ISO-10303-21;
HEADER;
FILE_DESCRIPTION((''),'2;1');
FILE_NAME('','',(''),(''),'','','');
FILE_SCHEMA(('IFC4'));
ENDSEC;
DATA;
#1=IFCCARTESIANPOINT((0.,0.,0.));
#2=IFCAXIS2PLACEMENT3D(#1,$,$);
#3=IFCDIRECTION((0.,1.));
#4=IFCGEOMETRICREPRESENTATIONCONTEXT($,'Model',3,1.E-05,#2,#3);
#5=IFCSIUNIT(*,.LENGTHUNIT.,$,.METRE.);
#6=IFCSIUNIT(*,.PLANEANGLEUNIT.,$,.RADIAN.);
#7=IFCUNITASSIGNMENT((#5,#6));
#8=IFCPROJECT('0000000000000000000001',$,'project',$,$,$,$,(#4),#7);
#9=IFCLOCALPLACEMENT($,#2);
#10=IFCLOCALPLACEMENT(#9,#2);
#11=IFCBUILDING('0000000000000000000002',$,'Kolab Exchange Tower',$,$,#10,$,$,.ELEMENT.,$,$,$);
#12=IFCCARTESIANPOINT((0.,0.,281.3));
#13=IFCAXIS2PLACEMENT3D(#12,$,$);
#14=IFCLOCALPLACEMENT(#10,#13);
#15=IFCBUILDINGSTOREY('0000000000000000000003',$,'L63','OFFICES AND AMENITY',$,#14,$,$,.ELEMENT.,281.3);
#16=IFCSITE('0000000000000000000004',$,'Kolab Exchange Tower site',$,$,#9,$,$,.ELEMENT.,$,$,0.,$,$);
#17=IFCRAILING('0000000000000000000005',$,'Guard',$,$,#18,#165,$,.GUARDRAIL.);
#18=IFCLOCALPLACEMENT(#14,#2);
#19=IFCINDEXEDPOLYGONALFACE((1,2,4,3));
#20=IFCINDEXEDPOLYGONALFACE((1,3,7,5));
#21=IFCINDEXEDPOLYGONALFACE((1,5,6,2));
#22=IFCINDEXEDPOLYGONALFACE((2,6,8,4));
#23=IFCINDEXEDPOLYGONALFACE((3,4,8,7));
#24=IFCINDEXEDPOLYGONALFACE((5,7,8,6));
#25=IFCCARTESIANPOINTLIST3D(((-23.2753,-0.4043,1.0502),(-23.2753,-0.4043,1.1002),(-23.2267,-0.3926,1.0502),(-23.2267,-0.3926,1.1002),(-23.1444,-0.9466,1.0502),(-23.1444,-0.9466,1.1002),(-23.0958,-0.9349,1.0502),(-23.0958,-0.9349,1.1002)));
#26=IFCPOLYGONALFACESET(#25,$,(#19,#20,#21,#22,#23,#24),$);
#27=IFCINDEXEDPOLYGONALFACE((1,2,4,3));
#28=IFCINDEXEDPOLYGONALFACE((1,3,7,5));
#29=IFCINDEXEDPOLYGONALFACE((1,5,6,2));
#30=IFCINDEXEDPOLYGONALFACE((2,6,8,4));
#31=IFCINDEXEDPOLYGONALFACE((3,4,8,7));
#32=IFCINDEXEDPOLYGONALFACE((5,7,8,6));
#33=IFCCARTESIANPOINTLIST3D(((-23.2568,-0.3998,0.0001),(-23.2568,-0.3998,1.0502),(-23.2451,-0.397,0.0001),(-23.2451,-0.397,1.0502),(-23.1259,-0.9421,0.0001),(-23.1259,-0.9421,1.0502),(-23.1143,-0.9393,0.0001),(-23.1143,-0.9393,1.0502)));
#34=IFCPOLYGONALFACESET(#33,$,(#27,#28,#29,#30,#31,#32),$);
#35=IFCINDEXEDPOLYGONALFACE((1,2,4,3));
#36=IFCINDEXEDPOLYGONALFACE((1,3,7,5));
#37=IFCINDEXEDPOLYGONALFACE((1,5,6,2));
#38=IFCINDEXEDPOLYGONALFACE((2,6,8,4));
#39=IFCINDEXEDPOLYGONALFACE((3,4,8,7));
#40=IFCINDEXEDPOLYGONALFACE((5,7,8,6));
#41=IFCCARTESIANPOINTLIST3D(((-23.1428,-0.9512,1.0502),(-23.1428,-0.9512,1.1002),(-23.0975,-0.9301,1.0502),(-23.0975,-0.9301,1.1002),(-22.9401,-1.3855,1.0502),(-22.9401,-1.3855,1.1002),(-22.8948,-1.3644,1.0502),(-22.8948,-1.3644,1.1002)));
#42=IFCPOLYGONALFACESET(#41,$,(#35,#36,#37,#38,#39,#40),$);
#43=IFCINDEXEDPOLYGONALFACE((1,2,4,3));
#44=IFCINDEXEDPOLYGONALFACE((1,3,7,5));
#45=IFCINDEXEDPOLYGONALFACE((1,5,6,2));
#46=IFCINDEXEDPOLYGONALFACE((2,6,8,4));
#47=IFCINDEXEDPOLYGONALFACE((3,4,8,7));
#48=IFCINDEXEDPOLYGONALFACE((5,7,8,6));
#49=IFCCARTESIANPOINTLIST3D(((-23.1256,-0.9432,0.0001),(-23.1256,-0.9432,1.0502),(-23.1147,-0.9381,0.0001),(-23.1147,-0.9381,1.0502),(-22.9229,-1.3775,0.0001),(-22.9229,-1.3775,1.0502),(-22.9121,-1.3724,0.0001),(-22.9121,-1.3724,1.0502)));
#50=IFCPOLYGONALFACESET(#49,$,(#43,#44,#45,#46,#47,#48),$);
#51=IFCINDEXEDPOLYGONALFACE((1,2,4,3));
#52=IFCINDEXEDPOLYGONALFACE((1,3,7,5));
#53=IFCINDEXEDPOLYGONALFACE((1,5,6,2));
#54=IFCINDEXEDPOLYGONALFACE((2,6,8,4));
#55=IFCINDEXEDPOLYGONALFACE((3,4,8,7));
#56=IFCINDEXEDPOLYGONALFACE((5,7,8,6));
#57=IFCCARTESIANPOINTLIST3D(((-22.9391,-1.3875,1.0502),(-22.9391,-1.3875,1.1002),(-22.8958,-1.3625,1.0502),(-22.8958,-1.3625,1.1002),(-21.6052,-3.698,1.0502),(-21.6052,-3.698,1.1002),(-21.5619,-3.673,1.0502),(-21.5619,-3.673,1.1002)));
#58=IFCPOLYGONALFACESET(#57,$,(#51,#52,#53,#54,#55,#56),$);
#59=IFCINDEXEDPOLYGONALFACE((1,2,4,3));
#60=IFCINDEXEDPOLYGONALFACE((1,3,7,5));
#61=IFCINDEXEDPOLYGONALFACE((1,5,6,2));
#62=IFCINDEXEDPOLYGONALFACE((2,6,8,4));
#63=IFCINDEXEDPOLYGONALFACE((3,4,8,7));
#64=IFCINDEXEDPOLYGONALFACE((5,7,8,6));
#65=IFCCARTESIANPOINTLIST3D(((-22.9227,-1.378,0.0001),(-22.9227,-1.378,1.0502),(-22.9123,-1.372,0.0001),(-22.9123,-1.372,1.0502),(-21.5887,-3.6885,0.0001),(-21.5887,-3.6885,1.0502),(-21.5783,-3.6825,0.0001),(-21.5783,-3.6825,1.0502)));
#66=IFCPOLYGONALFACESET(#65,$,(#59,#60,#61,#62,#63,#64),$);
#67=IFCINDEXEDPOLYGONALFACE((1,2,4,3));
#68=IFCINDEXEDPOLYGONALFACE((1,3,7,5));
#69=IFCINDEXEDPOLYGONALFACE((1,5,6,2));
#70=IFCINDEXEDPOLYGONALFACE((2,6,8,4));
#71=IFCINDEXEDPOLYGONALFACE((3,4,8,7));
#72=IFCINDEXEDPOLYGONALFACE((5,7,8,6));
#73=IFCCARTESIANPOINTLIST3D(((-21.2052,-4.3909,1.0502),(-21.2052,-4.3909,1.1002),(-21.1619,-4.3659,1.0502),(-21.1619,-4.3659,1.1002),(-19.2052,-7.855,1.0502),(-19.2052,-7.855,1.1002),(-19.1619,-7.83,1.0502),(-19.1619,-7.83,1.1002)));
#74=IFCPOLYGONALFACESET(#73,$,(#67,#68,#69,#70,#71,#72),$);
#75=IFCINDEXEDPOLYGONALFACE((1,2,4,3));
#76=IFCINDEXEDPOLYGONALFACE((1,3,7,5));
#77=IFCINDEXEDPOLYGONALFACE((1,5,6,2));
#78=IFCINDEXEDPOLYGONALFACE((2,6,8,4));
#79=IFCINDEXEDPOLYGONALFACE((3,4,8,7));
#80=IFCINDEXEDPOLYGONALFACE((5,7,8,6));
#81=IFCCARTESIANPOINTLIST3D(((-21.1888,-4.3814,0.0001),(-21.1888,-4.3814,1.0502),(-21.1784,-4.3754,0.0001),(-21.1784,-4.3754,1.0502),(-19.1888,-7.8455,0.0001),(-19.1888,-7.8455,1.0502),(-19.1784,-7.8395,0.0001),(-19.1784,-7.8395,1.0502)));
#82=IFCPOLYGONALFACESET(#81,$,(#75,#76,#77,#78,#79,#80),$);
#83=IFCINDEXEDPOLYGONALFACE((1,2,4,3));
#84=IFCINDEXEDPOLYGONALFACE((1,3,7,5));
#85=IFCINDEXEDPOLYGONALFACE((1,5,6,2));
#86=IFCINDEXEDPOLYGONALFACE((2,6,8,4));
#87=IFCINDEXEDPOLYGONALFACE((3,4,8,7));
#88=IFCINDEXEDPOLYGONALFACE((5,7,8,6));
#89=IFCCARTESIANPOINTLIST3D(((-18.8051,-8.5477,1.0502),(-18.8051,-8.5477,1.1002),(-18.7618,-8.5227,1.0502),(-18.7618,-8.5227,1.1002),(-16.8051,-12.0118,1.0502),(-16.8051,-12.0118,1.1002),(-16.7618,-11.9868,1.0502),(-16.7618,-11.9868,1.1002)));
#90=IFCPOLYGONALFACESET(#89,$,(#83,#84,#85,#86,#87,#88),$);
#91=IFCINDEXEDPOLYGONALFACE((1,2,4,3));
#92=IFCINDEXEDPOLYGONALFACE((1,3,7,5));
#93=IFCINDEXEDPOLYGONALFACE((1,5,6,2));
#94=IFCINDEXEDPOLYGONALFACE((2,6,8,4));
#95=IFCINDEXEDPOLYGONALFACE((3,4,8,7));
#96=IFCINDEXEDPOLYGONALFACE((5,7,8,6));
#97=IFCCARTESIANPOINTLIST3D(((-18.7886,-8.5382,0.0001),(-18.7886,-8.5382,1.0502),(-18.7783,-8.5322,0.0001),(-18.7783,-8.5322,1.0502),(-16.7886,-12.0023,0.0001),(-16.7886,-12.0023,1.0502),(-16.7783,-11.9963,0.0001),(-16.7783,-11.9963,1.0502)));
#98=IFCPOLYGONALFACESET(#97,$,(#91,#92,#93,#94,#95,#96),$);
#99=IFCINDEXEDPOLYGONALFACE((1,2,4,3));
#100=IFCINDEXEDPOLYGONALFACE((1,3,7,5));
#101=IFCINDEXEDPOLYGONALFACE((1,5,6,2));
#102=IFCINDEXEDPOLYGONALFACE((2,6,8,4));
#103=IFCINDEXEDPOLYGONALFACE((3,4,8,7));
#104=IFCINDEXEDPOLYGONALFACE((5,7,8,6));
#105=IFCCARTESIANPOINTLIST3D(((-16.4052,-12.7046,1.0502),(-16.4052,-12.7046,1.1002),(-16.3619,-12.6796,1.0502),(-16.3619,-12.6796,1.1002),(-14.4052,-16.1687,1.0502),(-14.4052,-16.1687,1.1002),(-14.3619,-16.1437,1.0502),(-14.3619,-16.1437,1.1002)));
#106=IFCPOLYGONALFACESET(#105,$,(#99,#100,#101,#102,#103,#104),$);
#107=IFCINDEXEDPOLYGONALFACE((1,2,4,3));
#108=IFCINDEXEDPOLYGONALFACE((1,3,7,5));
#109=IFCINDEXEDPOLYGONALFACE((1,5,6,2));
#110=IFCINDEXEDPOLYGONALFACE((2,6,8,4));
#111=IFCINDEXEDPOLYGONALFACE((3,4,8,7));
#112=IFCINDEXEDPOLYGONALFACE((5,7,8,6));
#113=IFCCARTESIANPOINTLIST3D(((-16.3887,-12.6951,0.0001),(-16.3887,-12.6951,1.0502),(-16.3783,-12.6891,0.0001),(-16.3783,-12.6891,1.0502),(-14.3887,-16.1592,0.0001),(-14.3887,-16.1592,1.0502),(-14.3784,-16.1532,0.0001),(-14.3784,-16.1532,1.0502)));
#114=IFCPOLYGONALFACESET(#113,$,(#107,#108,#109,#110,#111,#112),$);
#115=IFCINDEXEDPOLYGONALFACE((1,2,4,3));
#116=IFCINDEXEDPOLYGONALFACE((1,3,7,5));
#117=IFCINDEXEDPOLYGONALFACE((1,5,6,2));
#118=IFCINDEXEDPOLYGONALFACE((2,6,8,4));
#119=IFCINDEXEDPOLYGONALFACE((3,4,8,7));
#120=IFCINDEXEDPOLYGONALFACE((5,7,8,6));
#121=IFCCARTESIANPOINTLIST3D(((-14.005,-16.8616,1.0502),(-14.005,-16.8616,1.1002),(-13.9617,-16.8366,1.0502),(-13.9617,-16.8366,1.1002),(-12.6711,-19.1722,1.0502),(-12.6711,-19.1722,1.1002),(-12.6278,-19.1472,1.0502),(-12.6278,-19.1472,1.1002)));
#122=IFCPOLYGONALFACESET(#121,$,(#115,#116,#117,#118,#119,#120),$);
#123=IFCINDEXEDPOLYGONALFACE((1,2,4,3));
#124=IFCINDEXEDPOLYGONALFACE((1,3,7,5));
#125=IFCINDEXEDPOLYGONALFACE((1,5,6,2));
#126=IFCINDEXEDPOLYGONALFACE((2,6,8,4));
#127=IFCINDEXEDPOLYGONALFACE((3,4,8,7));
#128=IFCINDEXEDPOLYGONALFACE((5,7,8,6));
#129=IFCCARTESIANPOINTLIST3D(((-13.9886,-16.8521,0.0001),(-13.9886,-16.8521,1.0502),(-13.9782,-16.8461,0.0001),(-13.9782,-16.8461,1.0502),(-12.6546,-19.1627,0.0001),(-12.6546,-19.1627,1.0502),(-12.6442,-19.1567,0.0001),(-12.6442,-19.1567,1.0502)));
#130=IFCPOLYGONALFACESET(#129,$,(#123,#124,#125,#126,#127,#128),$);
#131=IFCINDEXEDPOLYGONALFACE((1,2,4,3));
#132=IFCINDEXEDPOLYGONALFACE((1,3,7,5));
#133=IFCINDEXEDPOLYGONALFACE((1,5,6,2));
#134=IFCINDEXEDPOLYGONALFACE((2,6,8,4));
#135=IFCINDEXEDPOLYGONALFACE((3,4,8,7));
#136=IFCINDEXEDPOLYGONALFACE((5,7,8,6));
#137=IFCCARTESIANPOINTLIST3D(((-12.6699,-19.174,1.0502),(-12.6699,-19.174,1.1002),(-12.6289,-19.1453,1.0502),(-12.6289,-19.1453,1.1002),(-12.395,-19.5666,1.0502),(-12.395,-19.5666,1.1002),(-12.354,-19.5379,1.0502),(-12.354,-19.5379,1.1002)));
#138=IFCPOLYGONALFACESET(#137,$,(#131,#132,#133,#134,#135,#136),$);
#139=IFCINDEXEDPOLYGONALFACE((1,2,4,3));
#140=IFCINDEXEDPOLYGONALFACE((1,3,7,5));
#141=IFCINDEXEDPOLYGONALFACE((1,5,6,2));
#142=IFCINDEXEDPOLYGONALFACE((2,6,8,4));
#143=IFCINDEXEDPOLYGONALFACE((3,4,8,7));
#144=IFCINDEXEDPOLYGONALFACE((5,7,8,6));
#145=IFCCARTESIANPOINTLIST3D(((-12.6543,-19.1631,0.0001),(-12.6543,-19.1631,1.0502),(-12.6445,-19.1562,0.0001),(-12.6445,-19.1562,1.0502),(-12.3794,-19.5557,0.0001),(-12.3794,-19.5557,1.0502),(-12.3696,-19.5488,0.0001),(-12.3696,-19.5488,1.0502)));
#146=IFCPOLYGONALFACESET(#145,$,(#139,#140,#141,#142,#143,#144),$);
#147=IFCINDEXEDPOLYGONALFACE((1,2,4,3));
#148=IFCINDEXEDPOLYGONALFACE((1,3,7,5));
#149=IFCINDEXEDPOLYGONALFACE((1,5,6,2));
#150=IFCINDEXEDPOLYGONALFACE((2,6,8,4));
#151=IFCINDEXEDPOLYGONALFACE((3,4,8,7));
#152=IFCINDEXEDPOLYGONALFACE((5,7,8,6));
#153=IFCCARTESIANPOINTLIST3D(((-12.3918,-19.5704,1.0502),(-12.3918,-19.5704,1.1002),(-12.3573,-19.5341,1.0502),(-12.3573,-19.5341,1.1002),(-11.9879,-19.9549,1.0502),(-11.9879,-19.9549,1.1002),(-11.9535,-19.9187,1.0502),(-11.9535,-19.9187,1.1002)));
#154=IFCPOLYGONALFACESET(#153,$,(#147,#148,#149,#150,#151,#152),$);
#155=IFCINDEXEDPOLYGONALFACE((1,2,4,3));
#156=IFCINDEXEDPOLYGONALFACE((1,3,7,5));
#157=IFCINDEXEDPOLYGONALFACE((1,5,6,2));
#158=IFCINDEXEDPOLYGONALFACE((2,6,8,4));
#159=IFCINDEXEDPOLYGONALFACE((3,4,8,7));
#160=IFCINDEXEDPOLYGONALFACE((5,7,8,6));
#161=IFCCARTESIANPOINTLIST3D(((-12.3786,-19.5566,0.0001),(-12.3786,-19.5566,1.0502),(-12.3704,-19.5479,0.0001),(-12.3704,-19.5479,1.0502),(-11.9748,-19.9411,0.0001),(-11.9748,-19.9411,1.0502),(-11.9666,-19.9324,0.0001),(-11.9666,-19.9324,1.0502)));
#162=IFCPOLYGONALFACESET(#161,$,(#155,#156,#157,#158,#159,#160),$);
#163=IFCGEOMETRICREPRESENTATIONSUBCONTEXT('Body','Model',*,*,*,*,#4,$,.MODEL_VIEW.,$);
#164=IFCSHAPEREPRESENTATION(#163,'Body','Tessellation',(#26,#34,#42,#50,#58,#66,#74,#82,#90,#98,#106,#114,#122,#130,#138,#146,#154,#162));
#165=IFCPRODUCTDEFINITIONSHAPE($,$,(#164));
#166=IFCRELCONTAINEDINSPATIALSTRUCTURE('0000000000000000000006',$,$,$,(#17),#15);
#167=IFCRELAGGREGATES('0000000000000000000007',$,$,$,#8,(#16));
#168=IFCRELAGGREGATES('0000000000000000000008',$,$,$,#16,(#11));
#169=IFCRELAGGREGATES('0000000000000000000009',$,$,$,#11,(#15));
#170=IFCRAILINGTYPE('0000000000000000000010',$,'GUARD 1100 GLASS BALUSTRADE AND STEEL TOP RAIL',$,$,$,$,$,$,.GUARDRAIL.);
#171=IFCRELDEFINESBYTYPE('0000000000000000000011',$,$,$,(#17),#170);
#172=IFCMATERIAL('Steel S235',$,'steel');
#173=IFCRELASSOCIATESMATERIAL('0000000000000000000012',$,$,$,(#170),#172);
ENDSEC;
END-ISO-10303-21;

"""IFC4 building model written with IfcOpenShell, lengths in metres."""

from ifc_helpers import new_model, si_unit, direction, frame, frame_2d, origin, origin_2d, place, context, subcontext, project, spatial, rectangle, extrude, material, type_object, element, save


model = new_model("IFC4")

# Units and contexts
model_context = context("Model", 3, precision=1e-05, world=origin(), true_north=direction((0.0, 1.0)))
body_context = subcontext(model_context, "Body", "Model", "MODEL_VIEW")
ifc_project = project(units=[si_unit("LENGTHUNIT", "METRE"), si_unit("PLANEANGLEUNIT", "RADIAN")], contexts=[model_context])

# Site, building, storey
site_placement = place(None, origin())
site = spatial("IfcSite", under=ifc_project, at=site_placement, Name="Kolab Exchange Tower site", CompositionType="ELEMENT", RefElevation=0.0)
building_placement = place(site_placement, origin())
building = spatial("IfcBuilding", under=site, at=building_placement, Name="Kolab Exchange Tower", CompositionType="ELEMENT")
storey_placement = place(building_placement, frame((0.0, 0.0, 281.3)))
storey = spatial("IfcBuildingStorey", under=building, at=storey_placement, Name="L63", Description="OFFICES AND AMENITY", CompositionType="ELEMENT", Elevation=281.3)

# Railing
ifc_material_1 = material(Name="Steel S235", Category="steel")
railing_type = type_object("IfcRailingType", Name="GUARD 1100 GLASS BALUSTRADE AND STEEL TOP RAIL", PredefinedType="GUARDRAIL", material=ifc_material_1)
railing_placement = place(storey_placement, frame((-23.251, -0.3984, 0.0)))
element("IfcRailing", 1, at=railing_placement, inside=storey, type_object=railing_type, Name="Guard", PredefinedType="GUARDRAIL", context=body_context, shape_type="SweptSolid", body=[
    extrude(rectangle(XDim=0.05, YDim=0.05, at=origin_2d()), frame((0.0, 0.0, 1.0752), z_axis=(0.234598, -0.972093, 0.0), x_axis=(0.972093, 0.234598, 0.0)), (0.0, 0.0, 1.0), 0.5579),
    extrude(rectangle(XDim=0.012, YDim=1.0501, at=frame_2d((0.0, 0.5251))), frame((0.0, 0.0, 0.0), z_axis=(0.234598, -0.972093, 0.0), x_axis=(0.972093, 0.234598, 0.0)), (0.0, 0.0, 1.0), 0.5579),
    extrude(rectangle(XDim=0.05, YDim=0.05, at=origin_2d()), frame((0.1309, -0.5422, 1.0752), z_axis=(0.422802, -0.906222, 0.0), x_axis=(0.906222, 0.422802, 0.0)), (0.0, 0.0, 1.0), 0.4792),
    extrude(rectangle(XDim=0.012, YDim=1.0501, at=frame_2d((0.0, 0.5251))), frame((0.1309, -0.5422, 0.0), z_axis=(0.422802, -0.906222, 0.0), x_axis=(0.906222, 0.422802, 0.0)), (0.0, 0.0, 1.0), 0.4792),
    extrude(rectangle(XDim=0.05, YDim=0.05, at=origin_2d()), frame((0.3335, -0.9766, 1.0752), z_axis=(0.499997, -0.866027, 0.0), x_axis=(0.866027, 0.499997, 0.0)), (0.0, 0.0, 1.0), 2.668),
    extrude(rectangle(XDim=0.012, YDim=1.0501, at=frame_2d((0.0, 0.5251))), frame((0.3335, -0.9766, 0.0), z_axis=(0.499997, -0.866027, 0.0), x_axis=(0.866027, 0.499997, 0.0)), (0.0, 0.0, 1.0), 2.668),
    extrude(rectangle(XDim=0.05, YDim=0.05, at=origin_2d()), frame((2.0674, -3.98, 1.0752), z_axis=(0.499999, -0.866026, 0.0), x_axis=(0.866026, 0.499999, 0.0)), (0.0, 0.0, 1.0), 4.0),
    extrude(rectangle(XDim=0.012, YDim=1.0501, at=frame_2d((0.0, 0.5251))), frame((2.0674, -3.98, 0.0), z_axis=(0.499999, -0.866026, 0.0), x_axis=(0.866026, 0.499999, 0.0)), (0.0, 0.0, 1.0), 4.0),
    extrude(rectangle(XDim=0.05, YDim=0.05, at=origin_2d()), frame((4.4675, -8.1367, 1.0752), z_axis=(0.499999, -0.866026, 0.0), x_axis=(0.866026, 0.499999, 0.0)), (0.0, 0.0, 1.0), 4.0),
    extrude(rectangle(XDim=0.012, YDim=1.0501, at=frame_2d((0.0, 0.5251))), frame((4.4675, -8.1367, 0.0), z_axis=(0.499999, -0.866026, 0.0), x_axis=(0.866026, 0.499999, 0.0)), (0.0, 0.0, 1.0), 4.0),
    extrude(rectangle(XDim=0.05, YDim=0.05, at=origin_2d()), frame((6.8674, -12.2937, 1.0752), z_axis=(0.499999, -0.866026, 0.0), x_axis=(0.866026, 0.499999, 0.0)), (0.0, 0.0, 1.0), 4.0),
    extrude(rectangle(XDim=0.012, YDim=1.0501, at=frame_2d((0.0, 0.5251))), frame((6.8674, -12.2937, 0.0), z_axis=(0.499999, -0.866026, 0.0), x_axis=(0.866026, 0.499999, 0.0)), (0.0, 0.0, 1.0), 4.0),
    extrude(rectangle(XDim=0.05, YDim=0.05, at=origin_2d()), frame((9.2676, -16.4507, 1.0752), z_axis=(0.499997, -0.866027, 0.0), x_axis=(0.866027, 0.499997, 0.0)), (0.0, 0.0, 1.0), 2.668),
    extrude(rectangle(XDim=0.012, YDim=1.0501, at=frame_2d((0.0, 0.5251))), frame((9.2676, -16.4507, 0.0), z_axis=(0.499997, -0.866027, 0.0), x_axis=(0.866027, 0.499997, 0.0)), (0.0, 0.0, 1.0), 2.668),
    extrude(rectangle(XDim=0.05, YDim=0.05, at=origin_2d()), frame((10.6016, -18.7612, 1.0752), z_axis=(0.573599, -0.819136, 0.0), x_axis=(0.819136, 0.573599, 0.0)), (0.0, 0.0, 1.0), 0.4792),
    extrude(rectangle(XDim=0.012, YDim=1.0501, at=frame_2d((0.0, 0.5251))), frame((10.6016, -18.7612, 0.0), z_axis=(0.573599, -0.819136, 0.0), x_axis=(0.819136, 0.573599, 0.0)), (0.0, 0.0, 1.0), 0.4792),
    extrude(rectangle(XDim=0.05, YDim=0.05, at=origin_2d()), frame((10.8765, -19.1538, 1.0752), z_axis=(0.72419, -0.689601, 0.0), x_axis=(0.689601, 0.72419, 0.0)), (0.0, 0.0, 1.0), 0.5576),
    extrude(rectangle(XDim=0.012, YDim=1.0501, at=frame_2d((0.0, 0.5251))), frame((10.8765, -19.1538, 0.0), z_axis=(0.72419, -0.689601, 0.0), x_axis=(0.689601, 0.72419, 0.0)), (0.0, 0.0, 1.0), 0.5576),
])

save(model, "model.ifc")
